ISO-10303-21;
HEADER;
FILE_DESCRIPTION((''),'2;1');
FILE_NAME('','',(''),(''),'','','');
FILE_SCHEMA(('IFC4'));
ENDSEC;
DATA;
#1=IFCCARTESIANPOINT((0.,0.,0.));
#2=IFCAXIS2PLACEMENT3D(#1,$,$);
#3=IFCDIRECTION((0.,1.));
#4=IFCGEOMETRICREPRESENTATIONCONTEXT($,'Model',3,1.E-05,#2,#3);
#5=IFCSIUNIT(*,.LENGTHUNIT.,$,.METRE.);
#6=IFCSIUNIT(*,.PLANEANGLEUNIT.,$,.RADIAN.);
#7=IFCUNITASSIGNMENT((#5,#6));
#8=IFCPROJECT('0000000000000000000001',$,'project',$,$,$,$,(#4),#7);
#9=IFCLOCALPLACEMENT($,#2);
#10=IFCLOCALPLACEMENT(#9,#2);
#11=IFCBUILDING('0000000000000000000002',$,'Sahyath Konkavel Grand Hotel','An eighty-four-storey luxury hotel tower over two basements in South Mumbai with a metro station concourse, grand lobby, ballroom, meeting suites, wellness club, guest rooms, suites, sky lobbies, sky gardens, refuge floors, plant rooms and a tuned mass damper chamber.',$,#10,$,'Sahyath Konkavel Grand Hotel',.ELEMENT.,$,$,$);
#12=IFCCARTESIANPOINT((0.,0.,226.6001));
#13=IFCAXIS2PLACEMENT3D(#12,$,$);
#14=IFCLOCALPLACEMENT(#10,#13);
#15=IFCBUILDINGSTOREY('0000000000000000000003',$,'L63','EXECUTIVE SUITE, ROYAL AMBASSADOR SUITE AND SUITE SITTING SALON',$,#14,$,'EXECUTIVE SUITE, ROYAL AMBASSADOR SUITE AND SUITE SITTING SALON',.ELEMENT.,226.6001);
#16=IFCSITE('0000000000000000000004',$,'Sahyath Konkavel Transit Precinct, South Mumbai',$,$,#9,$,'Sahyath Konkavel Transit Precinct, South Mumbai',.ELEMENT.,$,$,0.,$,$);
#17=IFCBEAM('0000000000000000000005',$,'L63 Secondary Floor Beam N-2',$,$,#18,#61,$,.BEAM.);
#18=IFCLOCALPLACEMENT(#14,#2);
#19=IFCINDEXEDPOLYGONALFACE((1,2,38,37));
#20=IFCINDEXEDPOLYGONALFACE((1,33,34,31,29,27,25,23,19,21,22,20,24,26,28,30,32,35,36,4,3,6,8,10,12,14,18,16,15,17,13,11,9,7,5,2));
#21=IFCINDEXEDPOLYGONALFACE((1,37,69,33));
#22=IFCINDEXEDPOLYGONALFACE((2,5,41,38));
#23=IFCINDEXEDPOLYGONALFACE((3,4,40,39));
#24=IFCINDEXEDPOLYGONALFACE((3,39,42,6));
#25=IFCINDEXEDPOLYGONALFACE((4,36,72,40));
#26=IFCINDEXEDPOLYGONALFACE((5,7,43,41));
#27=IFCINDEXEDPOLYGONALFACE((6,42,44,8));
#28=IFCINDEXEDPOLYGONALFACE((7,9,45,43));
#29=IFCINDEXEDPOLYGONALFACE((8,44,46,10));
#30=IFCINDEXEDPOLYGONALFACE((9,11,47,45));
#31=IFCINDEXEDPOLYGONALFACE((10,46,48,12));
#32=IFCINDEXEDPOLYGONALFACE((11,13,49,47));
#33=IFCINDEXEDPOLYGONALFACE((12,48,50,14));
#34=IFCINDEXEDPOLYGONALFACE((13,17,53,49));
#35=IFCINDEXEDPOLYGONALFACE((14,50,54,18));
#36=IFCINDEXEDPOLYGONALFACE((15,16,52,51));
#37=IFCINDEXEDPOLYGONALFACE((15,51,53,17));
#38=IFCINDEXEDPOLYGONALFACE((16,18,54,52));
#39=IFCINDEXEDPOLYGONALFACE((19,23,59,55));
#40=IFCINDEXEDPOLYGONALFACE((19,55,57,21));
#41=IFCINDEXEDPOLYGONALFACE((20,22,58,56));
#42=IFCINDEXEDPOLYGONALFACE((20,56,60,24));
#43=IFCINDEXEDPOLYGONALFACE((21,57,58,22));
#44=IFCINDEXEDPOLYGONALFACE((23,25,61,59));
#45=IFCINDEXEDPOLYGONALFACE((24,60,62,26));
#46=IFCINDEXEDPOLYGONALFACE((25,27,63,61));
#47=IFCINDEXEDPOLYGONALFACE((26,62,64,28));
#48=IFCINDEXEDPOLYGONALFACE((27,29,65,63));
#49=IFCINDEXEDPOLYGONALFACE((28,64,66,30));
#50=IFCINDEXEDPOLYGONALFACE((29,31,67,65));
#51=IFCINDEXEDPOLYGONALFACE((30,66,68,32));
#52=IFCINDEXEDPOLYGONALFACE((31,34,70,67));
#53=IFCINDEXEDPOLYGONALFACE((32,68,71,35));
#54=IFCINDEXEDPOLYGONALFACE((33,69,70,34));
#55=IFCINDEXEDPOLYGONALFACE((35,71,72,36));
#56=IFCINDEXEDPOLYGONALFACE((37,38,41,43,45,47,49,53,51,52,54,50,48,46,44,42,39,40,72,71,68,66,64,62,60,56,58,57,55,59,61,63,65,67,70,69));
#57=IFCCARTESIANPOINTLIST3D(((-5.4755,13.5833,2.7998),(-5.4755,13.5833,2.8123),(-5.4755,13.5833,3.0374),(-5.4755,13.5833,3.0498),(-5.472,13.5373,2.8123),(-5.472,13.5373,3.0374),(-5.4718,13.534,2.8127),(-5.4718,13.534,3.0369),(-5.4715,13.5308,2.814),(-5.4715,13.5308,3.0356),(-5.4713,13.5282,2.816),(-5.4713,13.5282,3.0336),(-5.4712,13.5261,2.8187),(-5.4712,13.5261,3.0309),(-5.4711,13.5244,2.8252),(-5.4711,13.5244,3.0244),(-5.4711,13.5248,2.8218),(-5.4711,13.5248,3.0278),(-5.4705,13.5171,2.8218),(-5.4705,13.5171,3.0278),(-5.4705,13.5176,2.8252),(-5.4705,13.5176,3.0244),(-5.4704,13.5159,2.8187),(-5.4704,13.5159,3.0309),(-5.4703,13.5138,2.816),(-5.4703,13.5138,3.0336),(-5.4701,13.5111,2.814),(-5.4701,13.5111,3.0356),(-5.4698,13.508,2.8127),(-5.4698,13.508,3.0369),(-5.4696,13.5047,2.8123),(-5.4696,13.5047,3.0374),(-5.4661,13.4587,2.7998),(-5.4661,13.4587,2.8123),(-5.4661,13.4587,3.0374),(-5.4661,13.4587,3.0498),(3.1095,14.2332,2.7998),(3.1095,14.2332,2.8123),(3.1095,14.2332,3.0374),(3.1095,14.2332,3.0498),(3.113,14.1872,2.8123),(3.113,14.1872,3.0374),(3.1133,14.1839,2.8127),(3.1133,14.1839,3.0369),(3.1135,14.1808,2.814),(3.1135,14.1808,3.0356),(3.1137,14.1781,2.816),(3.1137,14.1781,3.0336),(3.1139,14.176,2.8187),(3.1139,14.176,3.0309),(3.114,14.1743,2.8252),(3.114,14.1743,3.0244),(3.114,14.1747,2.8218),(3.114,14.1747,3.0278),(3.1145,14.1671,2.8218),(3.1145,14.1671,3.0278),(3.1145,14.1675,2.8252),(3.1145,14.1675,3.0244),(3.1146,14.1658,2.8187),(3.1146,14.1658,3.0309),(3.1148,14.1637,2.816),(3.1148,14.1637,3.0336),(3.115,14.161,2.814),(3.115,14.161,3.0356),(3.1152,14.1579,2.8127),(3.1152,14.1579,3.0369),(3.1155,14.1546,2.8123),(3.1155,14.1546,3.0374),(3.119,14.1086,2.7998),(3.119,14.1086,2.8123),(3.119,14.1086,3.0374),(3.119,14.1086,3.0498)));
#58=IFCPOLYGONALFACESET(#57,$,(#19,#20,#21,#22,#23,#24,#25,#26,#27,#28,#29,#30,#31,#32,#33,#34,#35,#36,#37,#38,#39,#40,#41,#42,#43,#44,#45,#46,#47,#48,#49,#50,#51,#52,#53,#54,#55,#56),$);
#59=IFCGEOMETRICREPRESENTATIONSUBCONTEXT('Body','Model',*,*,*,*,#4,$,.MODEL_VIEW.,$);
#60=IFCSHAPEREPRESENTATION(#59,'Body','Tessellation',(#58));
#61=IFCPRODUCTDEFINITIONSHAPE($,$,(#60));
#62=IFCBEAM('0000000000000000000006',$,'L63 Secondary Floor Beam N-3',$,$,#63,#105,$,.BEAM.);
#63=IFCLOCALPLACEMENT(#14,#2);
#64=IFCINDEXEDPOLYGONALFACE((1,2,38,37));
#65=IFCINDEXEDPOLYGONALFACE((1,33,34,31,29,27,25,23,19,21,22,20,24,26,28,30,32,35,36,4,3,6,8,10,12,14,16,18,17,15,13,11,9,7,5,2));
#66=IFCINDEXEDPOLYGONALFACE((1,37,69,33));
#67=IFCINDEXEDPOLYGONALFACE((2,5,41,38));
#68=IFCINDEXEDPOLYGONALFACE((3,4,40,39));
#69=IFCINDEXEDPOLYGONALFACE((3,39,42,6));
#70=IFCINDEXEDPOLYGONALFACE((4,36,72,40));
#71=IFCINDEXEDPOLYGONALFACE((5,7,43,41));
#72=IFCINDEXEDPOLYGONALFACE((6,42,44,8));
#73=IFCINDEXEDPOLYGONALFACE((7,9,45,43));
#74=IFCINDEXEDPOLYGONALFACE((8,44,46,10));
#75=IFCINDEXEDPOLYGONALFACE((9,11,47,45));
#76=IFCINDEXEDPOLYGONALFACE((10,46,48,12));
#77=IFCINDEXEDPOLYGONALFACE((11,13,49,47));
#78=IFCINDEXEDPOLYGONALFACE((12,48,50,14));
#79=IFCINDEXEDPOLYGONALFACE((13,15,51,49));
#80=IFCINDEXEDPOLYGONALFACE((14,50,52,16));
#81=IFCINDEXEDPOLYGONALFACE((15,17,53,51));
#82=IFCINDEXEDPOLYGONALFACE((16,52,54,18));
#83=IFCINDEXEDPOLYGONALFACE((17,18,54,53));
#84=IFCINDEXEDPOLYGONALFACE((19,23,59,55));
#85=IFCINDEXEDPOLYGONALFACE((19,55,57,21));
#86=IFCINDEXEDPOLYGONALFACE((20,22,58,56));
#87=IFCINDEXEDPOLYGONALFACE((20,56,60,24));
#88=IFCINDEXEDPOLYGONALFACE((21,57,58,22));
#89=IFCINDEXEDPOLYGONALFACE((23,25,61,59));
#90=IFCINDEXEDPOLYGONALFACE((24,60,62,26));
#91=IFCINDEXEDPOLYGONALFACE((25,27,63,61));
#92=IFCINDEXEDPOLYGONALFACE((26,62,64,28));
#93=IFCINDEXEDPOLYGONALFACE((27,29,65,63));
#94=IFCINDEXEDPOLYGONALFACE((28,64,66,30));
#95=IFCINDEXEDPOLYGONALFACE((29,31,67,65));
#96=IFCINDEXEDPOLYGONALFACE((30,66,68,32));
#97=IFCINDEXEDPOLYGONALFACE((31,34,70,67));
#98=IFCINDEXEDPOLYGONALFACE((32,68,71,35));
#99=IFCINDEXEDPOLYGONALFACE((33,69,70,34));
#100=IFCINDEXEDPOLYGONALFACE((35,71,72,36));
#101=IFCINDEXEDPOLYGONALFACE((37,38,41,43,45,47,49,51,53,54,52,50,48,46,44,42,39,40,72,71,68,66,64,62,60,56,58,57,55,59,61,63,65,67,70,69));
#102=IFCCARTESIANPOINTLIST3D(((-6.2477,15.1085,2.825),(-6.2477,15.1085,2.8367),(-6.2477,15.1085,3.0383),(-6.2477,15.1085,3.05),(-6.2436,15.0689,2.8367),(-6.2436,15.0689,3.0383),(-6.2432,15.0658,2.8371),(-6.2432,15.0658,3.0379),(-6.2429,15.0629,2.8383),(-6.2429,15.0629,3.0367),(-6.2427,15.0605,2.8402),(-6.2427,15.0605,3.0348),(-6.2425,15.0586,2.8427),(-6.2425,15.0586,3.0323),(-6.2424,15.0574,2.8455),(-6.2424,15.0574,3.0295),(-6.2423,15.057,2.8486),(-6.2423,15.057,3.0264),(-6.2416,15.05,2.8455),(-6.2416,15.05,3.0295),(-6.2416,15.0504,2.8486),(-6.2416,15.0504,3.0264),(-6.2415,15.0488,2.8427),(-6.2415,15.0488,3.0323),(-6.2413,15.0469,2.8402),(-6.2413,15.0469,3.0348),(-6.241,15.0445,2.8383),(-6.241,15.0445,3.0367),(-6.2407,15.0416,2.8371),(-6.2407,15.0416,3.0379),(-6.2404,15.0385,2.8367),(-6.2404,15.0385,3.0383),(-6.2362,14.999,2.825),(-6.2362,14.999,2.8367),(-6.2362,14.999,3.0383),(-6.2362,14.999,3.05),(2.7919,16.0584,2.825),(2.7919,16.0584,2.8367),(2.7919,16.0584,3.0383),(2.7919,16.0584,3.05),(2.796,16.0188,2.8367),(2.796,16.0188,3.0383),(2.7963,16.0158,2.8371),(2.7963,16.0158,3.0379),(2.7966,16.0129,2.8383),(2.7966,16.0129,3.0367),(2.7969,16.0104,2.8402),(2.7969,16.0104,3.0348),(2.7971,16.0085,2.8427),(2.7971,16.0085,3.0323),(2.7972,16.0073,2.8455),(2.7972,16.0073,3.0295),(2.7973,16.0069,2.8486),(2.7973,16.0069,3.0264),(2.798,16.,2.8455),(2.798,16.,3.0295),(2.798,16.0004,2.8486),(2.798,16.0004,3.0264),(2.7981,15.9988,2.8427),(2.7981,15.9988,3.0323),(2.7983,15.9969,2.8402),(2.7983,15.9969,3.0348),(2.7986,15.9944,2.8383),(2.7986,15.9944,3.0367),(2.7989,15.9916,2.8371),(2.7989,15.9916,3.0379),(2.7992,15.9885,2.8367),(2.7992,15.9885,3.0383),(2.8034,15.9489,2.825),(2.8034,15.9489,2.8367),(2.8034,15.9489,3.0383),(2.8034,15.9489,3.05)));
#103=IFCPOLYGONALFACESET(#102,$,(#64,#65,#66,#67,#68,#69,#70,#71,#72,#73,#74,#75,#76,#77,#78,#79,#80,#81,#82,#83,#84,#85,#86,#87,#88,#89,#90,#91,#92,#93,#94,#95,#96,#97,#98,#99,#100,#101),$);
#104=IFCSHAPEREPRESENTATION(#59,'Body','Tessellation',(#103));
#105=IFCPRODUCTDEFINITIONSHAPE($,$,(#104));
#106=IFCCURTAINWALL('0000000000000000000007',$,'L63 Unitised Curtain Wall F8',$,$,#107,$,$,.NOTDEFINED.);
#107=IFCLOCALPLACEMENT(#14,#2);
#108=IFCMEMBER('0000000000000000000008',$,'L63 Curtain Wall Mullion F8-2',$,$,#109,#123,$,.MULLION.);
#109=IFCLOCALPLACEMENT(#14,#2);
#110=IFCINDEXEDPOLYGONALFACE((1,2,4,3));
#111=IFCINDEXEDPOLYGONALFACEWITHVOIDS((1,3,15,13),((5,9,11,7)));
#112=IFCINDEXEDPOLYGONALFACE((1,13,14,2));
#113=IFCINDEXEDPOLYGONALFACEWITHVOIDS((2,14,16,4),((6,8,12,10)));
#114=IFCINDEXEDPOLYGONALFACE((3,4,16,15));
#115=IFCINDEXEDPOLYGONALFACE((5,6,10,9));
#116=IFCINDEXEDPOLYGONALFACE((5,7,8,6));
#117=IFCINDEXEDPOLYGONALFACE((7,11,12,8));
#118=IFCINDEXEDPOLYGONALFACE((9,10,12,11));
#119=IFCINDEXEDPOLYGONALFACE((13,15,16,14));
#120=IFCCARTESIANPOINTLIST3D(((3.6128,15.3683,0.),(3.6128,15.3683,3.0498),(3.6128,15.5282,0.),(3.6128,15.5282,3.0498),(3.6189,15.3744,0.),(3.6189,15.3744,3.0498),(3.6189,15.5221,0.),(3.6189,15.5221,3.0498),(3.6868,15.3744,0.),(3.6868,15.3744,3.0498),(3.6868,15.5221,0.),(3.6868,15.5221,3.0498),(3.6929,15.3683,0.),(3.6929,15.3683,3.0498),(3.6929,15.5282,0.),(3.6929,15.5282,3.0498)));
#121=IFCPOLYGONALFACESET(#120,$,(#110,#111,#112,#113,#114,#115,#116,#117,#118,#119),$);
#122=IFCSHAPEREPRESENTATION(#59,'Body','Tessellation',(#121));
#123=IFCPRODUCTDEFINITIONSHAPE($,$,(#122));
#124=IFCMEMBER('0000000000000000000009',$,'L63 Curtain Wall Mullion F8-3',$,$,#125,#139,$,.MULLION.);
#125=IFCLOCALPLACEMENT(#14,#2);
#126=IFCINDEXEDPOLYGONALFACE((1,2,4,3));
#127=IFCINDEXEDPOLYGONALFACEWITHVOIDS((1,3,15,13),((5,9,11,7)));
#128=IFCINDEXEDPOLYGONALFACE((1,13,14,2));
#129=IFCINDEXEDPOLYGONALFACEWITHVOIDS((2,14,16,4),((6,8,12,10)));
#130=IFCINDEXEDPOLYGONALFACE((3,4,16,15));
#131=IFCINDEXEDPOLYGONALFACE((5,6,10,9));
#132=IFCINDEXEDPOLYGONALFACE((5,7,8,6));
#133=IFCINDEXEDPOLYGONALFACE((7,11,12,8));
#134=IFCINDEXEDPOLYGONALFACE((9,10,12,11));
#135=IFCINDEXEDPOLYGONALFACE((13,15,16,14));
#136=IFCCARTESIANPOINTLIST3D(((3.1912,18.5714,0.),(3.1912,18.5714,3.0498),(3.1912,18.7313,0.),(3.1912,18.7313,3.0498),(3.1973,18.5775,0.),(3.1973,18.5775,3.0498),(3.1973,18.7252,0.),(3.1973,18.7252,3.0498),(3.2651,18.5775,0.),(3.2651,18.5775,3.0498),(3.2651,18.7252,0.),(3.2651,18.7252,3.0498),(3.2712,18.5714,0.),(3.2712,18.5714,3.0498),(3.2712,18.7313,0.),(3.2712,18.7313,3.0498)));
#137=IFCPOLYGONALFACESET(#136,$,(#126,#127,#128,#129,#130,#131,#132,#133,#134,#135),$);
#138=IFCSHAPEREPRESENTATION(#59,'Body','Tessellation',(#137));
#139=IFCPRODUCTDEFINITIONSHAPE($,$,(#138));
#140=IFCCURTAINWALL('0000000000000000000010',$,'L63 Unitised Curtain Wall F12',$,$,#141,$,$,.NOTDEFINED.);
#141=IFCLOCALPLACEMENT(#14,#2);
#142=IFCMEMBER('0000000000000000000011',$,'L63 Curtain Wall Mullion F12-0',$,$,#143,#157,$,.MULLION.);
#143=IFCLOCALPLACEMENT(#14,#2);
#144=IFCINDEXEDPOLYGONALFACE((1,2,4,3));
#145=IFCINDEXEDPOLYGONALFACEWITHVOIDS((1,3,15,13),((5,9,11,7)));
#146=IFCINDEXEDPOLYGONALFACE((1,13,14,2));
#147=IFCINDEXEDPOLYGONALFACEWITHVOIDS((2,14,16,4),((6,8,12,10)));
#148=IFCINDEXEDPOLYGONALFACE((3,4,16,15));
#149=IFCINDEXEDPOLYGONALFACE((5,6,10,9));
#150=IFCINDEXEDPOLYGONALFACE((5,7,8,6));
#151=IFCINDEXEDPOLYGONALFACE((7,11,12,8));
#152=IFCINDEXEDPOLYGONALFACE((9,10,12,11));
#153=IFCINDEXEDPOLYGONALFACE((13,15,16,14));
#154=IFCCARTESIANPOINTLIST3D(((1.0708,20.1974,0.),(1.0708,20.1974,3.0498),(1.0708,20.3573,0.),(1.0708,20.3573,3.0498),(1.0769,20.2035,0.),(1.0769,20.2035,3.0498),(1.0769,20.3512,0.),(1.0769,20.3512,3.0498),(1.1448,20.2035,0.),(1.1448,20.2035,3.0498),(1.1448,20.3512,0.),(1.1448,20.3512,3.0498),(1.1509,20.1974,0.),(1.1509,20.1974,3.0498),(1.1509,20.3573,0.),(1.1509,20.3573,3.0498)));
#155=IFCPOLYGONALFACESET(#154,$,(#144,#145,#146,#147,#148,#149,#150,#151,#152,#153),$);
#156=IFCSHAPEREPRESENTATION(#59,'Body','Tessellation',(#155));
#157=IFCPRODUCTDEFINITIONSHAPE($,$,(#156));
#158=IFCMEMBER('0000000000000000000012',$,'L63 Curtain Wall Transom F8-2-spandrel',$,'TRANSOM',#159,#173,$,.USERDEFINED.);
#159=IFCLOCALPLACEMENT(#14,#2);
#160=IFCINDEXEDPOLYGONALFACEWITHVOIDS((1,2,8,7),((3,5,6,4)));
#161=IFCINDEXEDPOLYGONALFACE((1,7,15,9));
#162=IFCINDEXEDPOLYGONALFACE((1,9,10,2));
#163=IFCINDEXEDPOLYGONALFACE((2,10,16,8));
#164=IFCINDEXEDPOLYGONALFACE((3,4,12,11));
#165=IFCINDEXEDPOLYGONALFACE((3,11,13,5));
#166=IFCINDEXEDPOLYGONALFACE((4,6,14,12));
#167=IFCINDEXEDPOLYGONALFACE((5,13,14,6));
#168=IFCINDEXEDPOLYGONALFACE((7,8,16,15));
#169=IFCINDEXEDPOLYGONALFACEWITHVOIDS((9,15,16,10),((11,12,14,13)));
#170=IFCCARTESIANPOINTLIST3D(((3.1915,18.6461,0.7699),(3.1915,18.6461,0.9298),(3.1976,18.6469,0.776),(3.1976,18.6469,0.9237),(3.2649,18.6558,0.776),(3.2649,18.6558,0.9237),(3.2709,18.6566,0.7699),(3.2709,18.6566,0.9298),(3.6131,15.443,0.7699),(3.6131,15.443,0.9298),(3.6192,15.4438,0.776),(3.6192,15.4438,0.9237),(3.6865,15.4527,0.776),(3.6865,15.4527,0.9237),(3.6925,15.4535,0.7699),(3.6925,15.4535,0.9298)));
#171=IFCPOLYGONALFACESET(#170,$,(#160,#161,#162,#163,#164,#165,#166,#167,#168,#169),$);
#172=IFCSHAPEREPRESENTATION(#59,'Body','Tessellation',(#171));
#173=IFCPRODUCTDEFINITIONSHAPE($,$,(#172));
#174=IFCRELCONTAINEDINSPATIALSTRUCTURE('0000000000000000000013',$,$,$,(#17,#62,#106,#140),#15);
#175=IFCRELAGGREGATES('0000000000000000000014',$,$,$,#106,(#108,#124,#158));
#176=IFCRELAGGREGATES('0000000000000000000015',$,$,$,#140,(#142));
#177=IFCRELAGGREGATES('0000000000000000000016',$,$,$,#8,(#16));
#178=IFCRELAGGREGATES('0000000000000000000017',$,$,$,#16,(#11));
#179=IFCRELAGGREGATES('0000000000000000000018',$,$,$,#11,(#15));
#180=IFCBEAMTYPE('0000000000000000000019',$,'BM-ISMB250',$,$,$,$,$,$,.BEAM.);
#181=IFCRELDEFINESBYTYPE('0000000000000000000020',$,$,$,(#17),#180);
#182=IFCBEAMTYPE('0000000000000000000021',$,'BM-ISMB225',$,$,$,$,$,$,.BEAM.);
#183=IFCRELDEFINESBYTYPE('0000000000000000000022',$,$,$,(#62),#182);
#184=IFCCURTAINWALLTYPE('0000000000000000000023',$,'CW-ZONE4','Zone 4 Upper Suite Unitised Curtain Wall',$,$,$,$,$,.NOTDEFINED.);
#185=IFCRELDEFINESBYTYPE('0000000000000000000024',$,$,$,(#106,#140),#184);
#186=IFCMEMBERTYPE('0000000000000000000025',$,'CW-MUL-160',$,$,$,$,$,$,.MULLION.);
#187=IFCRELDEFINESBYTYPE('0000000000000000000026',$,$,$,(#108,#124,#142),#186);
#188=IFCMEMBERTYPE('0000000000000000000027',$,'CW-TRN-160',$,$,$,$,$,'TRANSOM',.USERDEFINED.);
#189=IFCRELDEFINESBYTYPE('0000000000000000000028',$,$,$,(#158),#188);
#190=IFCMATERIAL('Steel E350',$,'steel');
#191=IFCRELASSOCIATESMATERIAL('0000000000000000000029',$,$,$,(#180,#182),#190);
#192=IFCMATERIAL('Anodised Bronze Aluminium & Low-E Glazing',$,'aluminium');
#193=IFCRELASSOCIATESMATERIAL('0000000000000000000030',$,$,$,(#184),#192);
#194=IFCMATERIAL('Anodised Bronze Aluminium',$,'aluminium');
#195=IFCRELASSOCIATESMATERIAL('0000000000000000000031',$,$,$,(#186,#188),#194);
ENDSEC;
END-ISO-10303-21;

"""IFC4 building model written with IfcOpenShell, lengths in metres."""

from ifc_helpers import new_model, si_unit, direction, frame, origin, origin_2d, place, context, subcontext, project, spatial, hollow_rectangle, i_section, extrude, source, transform, mapped, material, material_profile, profile_set, type_object, element, aggregate, save


model = new_model("IFC4")

# Units and contexts
model_context = context("Model", 3, precision=1e-05, world=origin(), true_north=direction((0.0, 1.0)))
body_context = subcontext(model_context, "Body", "Model", "MODEL_VIEW")
ifc_project = project(units=[si_unit("LENGTHUNIT", "METRE"), si_unit("PLANEANGLEUNIT", "RADIAN")], contexts=[model_context])

# Site, building, storey
site_placement = place(None, origin())
site = spatial("IfcSite", under=ifc_project, at=site_placement, Name="Sahyath Konkavel Transit Precinct, South Mumbai", LongName="Sahyath Konkavel Transit Precinct, South Mumbai", CompositionType="ELEMENT", RefElevation=0.0)
building_placement = place(site_placement, origin())
building = spatial("IfcBuilding", under=site, at=building_placement, Name="Sahyath Konkavel Grand Hotel", Description="An eighty-four-storey luxury hotel tower over two basements in South Mumbai with a metro station concourse, grand lobby, ballroom, meeting suites, wellness club, guest rooms, suites, sky lobbies, sky gardens, refuge floors, plant rooms and a tuned mass damper chamber.", LongName="Sahyath Konkavel Grand Hotel", CompositionType="ELEMENT")
storey_placement = place(building_placement, frame((0.0, 0.0, 226.6001)))
storey = spatial("IfcBuildingStorey", under=building, at=storey_placement, Name="L63", Description="EXECUTIVE SUITE, ROYAL AMBASSADOR SUITE AND SUITE SITTING SALON", LongName="EXECUTIVE SUITE, ROYAL AMBASSADOR SUITE AND SUITE SITTING SALON", CompositionType="ELEMENT", Elevation=226.6001)

# Beams
ifc_material_1 = material(Name="Steel E350", Category="steel")
ifc_material_profile_1 = material_profile(ifc_material_1, i_section(OverallWidth=0.125, OverallDepth=0.25, WebThickness=0.0068, FlangeThickness=0.0125, FilletRadius=0.0129, at=origin_2d()), Name="ISMB 250")
ifc_profile_set_1 = profile_set([ifc_material_profile_1], Name="Steel E350")
beam_type_1 = type_object("IfcBeamType", Name="BM-ISMB250", PredefinedType="BEAM", material=ifc_profile_set_1)
shared_shape_1 = source(origin(), body_context, "Body", "SweptSolid", [
    extrude(i_section(OverallWidth=0.125, OverallDepth=0.25, WebThickness=0.0068, FlangeThickness=0.0125, FilletRadius=0.0129, at=origin_2d()), origin(), (0.0, 0.0, 1.0), 8.6096),
])
beam_1_placement = place(storey_placement, frame((3.1143, 14.1709, 2.9248), z_axis=(-0.997147, -0.075486, 0.0), x_axis=(0.075486, -0.997147, 0.0)))
element("IfcBeam", 1, at=beam_1_placement, inside=storey, type_object=beam_type_1, Name="L63 Secondary Floor Beam N-2", PredefinedType="BEAM", context=body_context, shape_type="MappedRepresentation", body=[
    mapped(shared_shape_1, transform((0.0, 0.0, 0.0), scale=1.0)),
])
ifc_material_profile_2 = material_profile(ifc_material_1, i_section(OverallWidth=0.1101, OverallDepth=0.2251, WebThickness=0.0066, FlangeThickness=0.0117, FilletRadius=0.012, at=origin_2d()), Name="ISMB 225")
ifc_profile_set_2 = profile_set([ifc_material_profile_2], Name="Steel E350")
beam_type_2 = type_object("IfcBeamType", Name="BM-ISMB225", PredefinedType="BEAM", material=ifc_profile_set_2)
shared_shape_2 = source(origin(), body_context, "Body", "SweptSolid", [
    extrude(i_section(OverallWidth=0.1101, OverallDepth=0.2251, WebThickness=0.0066, FlangeThickness=0.0117, FilletRadius=0.012, at=origin_2d()), origin(), (0.0, 0.0, 1.0), 9.0894),
])
beam_2_placement = place(storey_placement, frame((2.7976, 16.0037, 2.9375), z_axis=(-0.994524, -0.104513, 0.0), x_axis=(0.104513, -0.994524, 0.0)))
element("IfcBeam", 2, at=beam_2_placement, inside=storey, type_object=beam_type_2, Name="L63 Secondary Floor Beam N-3", PredefinedType="BEAM", context=body_context, shape_type="MappedRepresentation", body=[
    mapped(shared_shape_2, transform((0.0, 0.0, 0.0), scale=1.0)),
])

# Curtain wall, members
ifc_material_2 = material(Name="Anodised Bronze Aluminium & Low-E Glazing", Category="aluminium")
curtain_wall_type = type_object("IfcCurtainWallType", Name="CW-ZONE4", Description="Zone 4 Upper Suite Unitised Curtain Wall", PredefinedType="NOTDEFINED", material=ifc_material_2)
curtain_wall_1_placement = place(storey_placement, origin())
curtain_wall_1 = element("IfcCurtainWall", 3, at=curtain_wall_1_placement, inside=storey, type_object=curtain_wall_type, Name="L63 Unitised Curtain Wall F8", PredefinedType="NOTDEFINED")
ifc_material_3 = material(Name="Anodised Bronze Aluminium", Category="aluminium")
ifc_material_profile_3 = material_profile(ifc_material_3, hollow_rectangle(XDim=0.0801, YDim=0.1599, WallThickness=0.0061, at=origin_2d()), Name="RHS 160x80x6")
ifc_profile_set_3 = profile_set([ifc_material_profile_3], Name="Anodised Bronze Aluminium")
member_type_1 = type_object("IfcMemberType", Name="CW-MUL-160", PredefinedType="MULLION", material=ifc_profile_set_3)
shared_shape_3 = source(origin(), body_context, "Body", "SweptSolid", [
    extrude(hollow_rectangle(XDim=0.0801, YDim=0.1599, WallThickness=0.0061, at=origin_2d()), origin(), (0.0, 0.0, 1.0), 3.0498),
])
member_1_placement = place(storey_placement, frame((3.6528, 15.4482, 0.0), z_axis=(0.0, 0.0, 1.0), x_axis=(1.0, 0.0, 0.0)))
member_1 = element("IfcMember", 4, at=member_1_placement, type_object=member_type_1, Name="L63 Curtain Wall Mullion F8-2", PredefinedType="MULLION", context=body_context, shape_type="MappedRepresentation", body=[
    mapped(shared_shape_3, transform((0.0, 0.0, 0.0), scale=1.0)),
])
member_2_placement = place(storey_placement, frame((3.2312, 18.6514, 0.0), z_axis=(0.0, 0.0, 1.0), x_axis=(1.0, 0.0, 0.0)))
member_2 = element("IfcMember", 5, at=member_2_placement, type_object=member_type_1, Name="L63 Curtain Wall Mullion F8-3", PredefinedType="MULLION", context=body_context, shape_type="MappedRepresentation", body=[
    mapped(shared_shape_3, transform((0.0, 0.0, 0.0), scale=1.0)),
])

# Curtain wall, member
curtain_wall_2_placement = place(storey_placement, origin())
curtain_wall_2 = element("IfcCurtainWall", 6, at=curtain_wall_2_placement, inside=storey, type_object=curtain_wall_type, Name="L63 Unitised Curtain Wall F12", PredefinedType="NOTDEFINED")
member_3_placement = place(storey_placement, frame((1.1108, 20.2773, 0.0), z_axis=(0.0, 0.0, 1.0), x_axis=(1.0, 0.0, 0.0)))
member_3 = element("IfcMember", 7, at=member_3_placement, type_object=member_type_1, Name="L63 Curtain Wall Mullion F12-0", PredefinedType="MULLION", context=body_context, shape_type="MappedRepresentation", body=[
    mapped(shared_shape_3, transform((0.0, 0.0, 0.0), scale=1.0)),
])

# Member
ifc_material_profile_4 = material_profile(ifc_material_3, hollow_rectangle(XDim=0.0801, YDim=0.1599, WallThickness=0.0061, at=origin_2d()), Name="RHS 160x80x6")
ifc_profile_set_4 = profile_set([ifc_material_profile_4], Name="Anodised Bronze Aluminium")
member_type_2 = type_object("IfcMemberType", Name="CW-TRN-160", ElementType="TRANSOM", PredefinedType="USERDEFINED", material=ifc_profile_set_4)
shared_shape_4 = source(origin(), body_context, "Body", "SweptSolid", [
    extrude(hollow_rectangle(XDim=0.0801, YDim=0.1599, WallThickness=0.0061, at=origin_2d()), origin(), (0.0, 0.0, 1.0), 3.2307),
])
member_4_placement = place(storey_placement, frame((3.6528, 15.4482, 0.8499), z_axis=(-0.130505, 0.991448, 0.0), x_axis=(-0.991448, -0.130505, 0.0)))
member_4 = element("IfcMember", 8, at=member_4_placement, type_object=member_type_2, Name="L63 Curtain Wall Transom F8-2-spandrel", ObjectType="TRANSOM", PredefinedType="USERDEFINED", context=body_context, shape_type="MappedRepresentation", body=[
    mapped(shared_shape_4, transform((0.0, 0.0, 0.0), scale=1.0)),
])

aggregate(curtain_wall_1, [member_1, member_2, member_4])
aggregate(curtain_wall_2, [member_3])

save(model, "model.ifc")
